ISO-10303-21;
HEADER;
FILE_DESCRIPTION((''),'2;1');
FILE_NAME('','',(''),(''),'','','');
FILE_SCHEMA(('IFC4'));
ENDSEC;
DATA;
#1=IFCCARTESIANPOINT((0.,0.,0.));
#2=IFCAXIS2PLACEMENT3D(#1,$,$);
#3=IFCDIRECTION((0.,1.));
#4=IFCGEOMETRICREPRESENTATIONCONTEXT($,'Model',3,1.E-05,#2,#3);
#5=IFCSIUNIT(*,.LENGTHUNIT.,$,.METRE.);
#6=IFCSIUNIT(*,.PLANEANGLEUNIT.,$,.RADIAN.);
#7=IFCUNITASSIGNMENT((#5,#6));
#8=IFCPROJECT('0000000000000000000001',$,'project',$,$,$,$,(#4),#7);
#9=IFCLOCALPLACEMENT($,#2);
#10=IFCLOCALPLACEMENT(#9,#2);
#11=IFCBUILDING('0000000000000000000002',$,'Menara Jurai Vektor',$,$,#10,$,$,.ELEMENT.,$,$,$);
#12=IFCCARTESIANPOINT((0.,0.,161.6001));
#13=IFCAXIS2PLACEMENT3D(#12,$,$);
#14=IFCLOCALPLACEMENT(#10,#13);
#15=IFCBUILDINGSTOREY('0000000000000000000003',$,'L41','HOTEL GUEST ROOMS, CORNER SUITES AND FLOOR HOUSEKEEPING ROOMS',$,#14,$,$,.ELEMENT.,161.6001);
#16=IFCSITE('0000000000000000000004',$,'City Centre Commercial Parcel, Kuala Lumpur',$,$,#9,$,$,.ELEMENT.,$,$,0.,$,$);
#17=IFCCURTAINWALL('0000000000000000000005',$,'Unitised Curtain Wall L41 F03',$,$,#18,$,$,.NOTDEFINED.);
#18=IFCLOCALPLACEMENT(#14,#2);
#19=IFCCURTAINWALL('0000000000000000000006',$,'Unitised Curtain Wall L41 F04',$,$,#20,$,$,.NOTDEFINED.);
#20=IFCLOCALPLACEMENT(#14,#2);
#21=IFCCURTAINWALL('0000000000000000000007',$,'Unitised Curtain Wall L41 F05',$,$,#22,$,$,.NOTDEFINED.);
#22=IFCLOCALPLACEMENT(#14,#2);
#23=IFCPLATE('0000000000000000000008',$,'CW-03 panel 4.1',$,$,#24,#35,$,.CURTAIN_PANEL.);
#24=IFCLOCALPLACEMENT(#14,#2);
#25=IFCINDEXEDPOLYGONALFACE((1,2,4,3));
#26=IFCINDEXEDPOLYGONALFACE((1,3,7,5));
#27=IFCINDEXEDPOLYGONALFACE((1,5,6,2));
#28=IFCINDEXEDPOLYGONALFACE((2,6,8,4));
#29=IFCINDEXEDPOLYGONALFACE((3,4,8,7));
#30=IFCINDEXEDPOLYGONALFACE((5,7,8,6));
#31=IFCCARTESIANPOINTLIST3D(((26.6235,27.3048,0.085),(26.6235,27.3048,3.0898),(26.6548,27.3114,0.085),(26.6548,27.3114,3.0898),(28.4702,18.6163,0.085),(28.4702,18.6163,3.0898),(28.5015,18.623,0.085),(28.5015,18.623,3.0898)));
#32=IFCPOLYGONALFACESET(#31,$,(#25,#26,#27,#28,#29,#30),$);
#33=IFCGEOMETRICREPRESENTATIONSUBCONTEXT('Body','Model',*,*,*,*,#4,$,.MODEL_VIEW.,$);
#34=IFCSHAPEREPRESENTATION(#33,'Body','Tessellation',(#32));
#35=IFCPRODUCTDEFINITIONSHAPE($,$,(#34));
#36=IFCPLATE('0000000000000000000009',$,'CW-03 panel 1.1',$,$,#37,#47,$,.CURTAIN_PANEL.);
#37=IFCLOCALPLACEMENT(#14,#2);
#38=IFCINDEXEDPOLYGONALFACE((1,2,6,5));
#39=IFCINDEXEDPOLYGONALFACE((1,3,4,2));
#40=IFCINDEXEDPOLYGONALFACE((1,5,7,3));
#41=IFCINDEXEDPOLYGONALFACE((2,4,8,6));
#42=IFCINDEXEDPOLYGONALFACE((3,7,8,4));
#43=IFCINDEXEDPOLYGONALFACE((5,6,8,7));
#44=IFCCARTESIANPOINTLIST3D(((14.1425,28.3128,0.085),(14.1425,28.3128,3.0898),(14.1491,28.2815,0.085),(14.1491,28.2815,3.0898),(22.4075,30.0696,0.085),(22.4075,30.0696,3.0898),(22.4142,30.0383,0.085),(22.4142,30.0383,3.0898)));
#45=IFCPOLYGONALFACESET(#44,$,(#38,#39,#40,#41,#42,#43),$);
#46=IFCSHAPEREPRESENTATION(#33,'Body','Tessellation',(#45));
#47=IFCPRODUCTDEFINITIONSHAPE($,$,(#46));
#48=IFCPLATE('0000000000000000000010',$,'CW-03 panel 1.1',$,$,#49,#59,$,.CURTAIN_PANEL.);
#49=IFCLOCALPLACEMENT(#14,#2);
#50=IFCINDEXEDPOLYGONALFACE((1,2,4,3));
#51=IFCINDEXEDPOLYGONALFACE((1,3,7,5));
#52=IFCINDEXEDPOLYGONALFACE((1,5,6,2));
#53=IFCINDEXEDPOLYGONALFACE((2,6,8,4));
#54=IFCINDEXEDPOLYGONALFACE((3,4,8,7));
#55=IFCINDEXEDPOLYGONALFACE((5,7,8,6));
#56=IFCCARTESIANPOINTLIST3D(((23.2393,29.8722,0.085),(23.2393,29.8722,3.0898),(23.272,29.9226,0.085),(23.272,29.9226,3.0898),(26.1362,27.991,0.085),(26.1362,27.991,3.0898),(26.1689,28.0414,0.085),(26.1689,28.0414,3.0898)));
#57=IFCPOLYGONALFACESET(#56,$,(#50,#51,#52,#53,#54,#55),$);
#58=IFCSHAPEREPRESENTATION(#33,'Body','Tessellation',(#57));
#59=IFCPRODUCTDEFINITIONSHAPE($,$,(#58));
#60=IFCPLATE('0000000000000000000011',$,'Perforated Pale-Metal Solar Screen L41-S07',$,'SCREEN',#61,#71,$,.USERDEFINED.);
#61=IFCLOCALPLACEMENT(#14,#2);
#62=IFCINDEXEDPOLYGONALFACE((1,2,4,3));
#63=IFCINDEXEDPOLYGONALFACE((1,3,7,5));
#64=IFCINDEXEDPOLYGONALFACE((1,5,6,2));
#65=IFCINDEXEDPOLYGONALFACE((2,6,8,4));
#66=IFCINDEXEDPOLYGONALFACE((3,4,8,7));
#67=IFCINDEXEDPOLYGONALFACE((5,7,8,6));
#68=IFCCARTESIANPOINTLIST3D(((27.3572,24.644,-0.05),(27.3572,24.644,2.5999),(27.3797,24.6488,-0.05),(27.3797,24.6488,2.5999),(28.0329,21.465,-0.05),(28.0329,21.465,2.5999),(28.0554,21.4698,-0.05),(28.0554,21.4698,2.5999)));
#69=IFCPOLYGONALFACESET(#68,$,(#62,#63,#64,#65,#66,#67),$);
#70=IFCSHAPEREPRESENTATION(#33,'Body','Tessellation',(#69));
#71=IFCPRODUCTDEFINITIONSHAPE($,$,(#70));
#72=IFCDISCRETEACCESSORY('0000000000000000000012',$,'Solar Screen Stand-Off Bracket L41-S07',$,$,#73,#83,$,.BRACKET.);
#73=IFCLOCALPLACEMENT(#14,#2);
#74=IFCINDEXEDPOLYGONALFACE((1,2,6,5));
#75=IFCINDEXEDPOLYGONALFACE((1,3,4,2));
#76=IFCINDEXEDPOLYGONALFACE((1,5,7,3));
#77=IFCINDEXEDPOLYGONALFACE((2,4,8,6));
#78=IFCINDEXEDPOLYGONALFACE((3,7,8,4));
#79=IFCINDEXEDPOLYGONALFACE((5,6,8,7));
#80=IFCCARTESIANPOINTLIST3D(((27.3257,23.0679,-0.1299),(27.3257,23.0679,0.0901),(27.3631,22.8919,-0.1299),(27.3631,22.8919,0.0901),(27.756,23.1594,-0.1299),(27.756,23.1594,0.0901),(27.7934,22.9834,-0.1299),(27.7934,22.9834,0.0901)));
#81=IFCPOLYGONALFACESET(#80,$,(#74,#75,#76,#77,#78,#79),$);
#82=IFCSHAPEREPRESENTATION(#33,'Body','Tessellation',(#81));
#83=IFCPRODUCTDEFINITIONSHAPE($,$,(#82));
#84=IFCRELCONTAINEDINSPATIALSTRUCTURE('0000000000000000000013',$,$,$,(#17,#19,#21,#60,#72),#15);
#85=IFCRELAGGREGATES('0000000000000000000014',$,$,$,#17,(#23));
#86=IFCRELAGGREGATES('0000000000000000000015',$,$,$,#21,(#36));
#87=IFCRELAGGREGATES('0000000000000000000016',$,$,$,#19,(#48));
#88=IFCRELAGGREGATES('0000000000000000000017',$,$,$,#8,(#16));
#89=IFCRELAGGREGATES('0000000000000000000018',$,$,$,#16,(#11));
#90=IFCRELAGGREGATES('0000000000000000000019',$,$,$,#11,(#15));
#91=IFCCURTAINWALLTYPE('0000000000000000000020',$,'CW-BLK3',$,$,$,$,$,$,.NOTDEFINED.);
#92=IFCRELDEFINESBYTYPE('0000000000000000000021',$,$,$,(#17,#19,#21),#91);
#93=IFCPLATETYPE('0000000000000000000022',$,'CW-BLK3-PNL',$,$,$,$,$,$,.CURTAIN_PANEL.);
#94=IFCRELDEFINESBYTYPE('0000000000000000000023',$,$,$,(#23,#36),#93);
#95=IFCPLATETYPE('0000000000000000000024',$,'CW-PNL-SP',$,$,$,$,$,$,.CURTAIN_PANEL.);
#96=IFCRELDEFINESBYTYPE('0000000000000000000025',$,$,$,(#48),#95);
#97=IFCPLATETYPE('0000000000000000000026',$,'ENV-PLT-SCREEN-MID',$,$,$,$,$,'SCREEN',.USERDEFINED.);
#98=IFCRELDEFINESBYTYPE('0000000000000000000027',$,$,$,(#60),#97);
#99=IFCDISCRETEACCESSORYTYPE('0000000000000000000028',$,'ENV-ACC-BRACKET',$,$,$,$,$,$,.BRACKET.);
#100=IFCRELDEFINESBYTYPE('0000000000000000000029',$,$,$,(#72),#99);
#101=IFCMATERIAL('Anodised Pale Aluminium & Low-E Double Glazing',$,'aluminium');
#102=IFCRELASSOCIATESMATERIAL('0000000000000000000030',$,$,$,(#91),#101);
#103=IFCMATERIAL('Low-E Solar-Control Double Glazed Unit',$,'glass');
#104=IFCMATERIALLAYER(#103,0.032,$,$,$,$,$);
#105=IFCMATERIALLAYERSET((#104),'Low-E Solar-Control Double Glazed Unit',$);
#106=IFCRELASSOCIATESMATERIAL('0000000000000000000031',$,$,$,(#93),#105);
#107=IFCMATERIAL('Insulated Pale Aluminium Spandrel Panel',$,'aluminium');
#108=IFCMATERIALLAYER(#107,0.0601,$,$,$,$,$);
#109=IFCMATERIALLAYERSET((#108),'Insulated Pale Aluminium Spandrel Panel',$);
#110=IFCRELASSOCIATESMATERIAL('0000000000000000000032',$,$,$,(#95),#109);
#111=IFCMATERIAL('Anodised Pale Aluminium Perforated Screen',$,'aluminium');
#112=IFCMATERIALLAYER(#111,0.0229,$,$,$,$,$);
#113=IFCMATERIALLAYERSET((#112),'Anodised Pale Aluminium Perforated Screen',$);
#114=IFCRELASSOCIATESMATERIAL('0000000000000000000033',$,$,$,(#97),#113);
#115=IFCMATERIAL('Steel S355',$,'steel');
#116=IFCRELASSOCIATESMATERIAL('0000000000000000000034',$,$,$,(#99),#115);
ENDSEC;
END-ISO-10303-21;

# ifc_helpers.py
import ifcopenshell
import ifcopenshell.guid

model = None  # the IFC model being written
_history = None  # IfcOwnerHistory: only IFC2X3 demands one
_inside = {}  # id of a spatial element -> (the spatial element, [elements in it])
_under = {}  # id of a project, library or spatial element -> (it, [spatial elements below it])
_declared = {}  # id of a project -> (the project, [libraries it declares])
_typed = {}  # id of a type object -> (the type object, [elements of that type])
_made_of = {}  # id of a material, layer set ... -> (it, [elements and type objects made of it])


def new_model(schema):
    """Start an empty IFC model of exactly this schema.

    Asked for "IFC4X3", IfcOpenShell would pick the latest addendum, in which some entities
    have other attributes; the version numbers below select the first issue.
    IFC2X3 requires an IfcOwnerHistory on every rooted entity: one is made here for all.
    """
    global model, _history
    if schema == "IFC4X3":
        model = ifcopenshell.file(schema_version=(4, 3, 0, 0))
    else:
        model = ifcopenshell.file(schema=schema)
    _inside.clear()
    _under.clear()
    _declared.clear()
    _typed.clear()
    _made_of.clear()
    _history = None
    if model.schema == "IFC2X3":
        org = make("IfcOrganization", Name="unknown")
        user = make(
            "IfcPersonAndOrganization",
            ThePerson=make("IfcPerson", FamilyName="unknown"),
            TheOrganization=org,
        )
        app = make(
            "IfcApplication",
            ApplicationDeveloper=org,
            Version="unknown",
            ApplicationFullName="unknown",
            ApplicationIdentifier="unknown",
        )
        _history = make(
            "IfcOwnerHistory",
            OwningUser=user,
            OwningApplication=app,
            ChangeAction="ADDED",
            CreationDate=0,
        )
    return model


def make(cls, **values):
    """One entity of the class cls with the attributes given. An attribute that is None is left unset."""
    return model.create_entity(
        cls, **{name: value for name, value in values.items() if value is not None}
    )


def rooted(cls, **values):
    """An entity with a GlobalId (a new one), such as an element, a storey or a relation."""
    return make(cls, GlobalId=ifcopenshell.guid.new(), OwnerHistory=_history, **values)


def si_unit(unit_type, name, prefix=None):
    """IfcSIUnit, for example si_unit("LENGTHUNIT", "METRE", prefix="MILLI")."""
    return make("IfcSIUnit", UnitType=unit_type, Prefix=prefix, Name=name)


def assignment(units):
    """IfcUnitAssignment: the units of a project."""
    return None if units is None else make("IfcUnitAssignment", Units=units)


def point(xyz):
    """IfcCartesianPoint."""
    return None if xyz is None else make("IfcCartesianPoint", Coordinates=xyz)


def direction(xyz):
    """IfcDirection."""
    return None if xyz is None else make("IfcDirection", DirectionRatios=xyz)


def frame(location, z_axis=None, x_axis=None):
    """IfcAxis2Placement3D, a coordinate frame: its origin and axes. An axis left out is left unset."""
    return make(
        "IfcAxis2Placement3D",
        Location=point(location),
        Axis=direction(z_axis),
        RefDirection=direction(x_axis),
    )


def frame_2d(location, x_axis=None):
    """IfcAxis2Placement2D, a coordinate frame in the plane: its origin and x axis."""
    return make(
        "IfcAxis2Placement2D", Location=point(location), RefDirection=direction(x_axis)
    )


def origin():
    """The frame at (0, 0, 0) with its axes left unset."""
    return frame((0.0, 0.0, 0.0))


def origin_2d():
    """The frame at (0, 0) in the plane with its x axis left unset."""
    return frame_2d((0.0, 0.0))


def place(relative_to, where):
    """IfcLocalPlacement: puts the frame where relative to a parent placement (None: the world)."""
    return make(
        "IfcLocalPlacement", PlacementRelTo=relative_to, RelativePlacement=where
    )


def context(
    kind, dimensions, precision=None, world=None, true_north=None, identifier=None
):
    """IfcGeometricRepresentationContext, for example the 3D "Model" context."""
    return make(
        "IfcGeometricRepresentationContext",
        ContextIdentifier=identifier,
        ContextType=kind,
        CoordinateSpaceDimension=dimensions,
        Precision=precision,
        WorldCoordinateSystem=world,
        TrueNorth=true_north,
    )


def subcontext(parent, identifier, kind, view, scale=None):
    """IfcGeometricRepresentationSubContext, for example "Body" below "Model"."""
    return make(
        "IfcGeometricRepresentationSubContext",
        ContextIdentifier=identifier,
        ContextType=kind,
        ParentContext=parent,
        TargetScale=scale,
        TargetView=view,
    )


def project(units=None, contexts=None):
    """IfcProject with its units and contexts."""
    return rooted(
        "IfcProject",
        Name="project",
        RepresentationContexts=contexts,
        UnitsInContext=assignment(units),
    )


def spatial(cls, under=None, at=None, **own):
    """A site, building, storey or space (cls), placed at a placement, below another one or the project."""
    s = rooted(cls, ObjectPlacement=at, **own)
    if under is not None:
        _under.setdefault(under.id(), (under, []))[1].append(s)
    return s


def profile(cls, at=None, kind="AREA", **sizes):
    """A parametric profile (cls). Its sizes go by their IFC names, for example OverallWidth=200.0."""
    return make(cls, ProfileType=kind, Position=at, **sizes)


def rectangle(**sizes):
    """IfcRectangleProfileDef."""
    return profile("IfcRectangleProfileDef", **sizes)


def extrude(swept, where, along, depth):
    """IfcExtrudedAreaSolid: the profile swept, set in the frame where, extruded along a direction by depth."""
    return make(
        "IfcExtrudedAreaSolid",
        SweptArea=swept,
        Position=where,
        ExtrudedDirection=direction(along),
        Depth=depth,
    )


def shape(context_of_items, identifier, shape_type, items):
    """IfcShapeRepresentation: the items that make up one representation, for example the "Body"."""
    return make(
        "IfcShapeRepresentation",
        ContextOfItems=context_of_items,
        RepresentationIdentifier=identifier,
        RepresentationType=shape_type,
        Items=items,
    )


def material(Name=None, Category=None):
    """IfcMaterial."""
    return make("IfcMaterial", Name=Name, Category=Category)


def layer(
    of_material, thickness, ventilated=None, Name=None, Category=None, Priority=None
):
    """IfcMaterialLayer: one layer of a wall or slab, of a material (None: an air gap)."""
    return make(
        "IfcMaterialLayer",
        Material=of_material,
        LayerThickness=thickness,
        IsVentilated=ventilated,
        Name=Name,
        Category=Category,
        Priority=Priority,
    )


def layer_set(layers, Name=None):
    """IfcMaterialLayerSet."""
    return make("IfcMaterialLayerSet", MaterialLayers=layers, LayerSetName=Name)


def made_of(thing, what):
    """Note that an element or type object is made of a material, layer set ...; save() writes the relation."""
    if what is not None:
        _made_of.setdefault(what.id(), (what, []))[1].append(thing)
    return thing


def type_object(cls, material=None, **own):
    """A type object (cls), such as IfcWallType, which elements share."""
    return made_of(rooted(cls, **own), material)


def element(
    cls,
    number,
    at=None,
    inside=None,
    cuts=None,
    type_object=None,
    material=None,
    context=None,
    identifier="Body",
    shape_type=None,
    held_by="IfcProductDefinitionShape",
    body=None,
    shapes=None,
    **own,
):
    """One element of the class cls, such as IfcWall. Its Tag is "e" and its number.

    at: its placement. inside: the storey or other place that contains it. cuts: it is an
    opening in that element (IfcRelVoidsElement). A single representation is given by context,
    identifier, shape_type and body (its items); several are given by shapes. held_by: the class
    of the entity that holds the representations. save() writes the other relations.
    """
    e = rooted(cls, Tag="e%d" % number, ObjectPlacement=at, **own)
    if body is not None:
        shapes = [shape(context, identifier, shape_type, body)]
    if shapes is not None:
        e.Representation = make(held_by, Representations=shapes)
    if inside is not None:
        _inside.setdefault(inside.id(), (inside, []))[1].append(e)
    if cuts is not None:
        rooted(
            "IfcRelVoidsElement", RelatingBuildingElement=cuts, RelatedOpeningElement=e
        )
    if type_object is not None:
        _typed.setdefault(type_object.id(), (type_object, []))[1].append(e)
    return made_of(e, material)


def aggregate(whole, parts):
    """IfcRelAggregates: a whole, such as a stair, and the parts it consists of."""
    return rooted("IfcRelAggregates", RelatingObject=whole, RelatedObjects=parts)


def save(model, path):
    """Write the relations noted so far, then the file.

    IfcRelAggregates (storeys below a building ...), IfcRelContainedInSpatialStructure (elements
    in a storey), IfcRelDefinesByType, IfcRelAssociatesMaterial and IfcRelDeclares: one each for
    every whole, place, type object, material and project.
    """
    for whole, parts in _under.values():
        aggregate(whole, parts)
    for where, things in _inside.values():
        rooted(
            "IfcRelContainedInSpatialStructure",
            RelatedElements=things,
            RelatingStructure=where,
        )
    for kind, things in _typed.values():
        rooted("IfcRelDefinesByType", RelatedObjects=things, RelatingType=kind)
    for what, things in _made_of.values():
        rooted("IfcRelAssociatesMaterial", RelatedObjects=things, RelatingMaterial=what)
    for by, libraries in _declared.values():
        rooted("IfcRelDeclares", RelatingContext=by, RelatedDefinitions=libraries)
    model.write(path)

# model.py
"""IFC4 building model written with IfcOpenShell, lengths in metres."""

from ifc_helpers import new_model, si_unit, direction, frame, origin, origin_2d, place, context, subcontext, project, spatial, rectangle, extrude, material, layer, layer_set, type_object, element, aggregate, save


model = new_model("IFC4")

# Units and contexts
model_context = context("Model", 3, precision=1e-05, world=origin(), true_north=direction((0.0, 1.0)))
body_context = subcontext(model_context, "Body", "Model", "MODEL_VIEW")
ifc_project = project(units=[si_unit("LENGTHUNIT", "METRE"), si_unit("PLANEANGLEUNIT", "RADIAN")], contexts=[model_context])

# Site, building, storey
site_placement = place(None, origin())
site = spatial("IfcSite", under=ifc_project, at=site_placement, Name="City Centre Commercial Parcel, Kuala Lumpur", CompositionType="ELEMENT", RefElevation=0.0)
building_placement = place(site_placement, origin())
building = spatial("IfcBuilding", under=site, at=building_placement, Name="Menara Jurai Vektor", CompositionType="ELEMENT")
storey_placement = place(building_placement, frame((0.0, 0.0, 161.6001)))
storey = spatial("IfcBuildingStorey", under=building, at=storey_placement, Name="L41", Description="HOTEL GUEST ROOMS, CORNER SUITES AND FLOOR HOUSEKEEPING ROOMS", CompositionType="ELEMENT", Elevation=161.6001)

# Curtain walls
ifc_material_1 = material(Name="Anodised Pale Aluminium & Low-E Double Glazing", Category="aluminium")
curtain_wall_type = type_object("IfcCurtainWallType", Name="CW-BLK3", PredefinedType="NOTDEFINED", material=ifc_material_1)
curtain_wall_1_placement = place(storey_placement, origin())
curtain_wall_1 = element("IfcCurtainWall", 1, at=curtain_wall_1_placement, inside=storey, type_object=curtain_wall_type, Name="Unitised Curtain Wall L41 F03", PredefinedType="NOTDEFINED")
curtain_wall_2_placement = place(storey_placement, origin())
curtain_wall_2 = element("IfcCurtainWall", 2, at=curtain_wall_2_placement, inside=storey, type_object=curtain_wall_type, Name="Unitised Curtain Wall L41 F04", PredefinedType="NOTDEFINED")

# Curtain wall
curtain_wall_3_placement = place(storey_placement, origin())
curtain_wall_3 = element("IfcCurtainWall", 3, at=curtain_wall_3_placement, inside=storey, type_object=curtain_wall_type, Name="Unitised Curtain Wall L41 F05", PredefinedType="NOTDEFINED")

# Shared definitions
ifc_material_2 = material(Name="Steel S355", Category="steel")

# Plates
ifc_material_3 = material(Name="Low-E Solar-Control Double Glazed Unit", Category="glass")
ifc_layer_1 = layer(ifc_material_3, 0.032)
ifc_layer_set_1 = layer_set([ifc_layer_1], Name="Low-E Solar-Control Double Glazed Unit")
plate_type_1 = type_object("IfcPlateType", Name="CW-BLK3-PNL", PredefinedType="CURTAIN_PANEL", material=ifc_layer_set_1)
plate_1_placement = place(storey_placement, frame((27.5625, 22.9639, 0.085), z_axis=(0.0, 0.0, 1.0), x_axis=(-0.20791, 0.978148, 0.0)))
plate_1 = element("IfcPlate", 4, at=plate_1_placement, type_object=plate_type_1, Name="CW-03 panel 4.1", PredefinedType="CURTAIN_PANEL", context=body_context, shape_type="SweptSolid", body=[
    extrude(rectangle(XDim=8.8826, YDim=0.032, at=origin_2d()), origin(), (0.0, 0.0, 1.0), 3.0049),
])
aggregate(curtain_wall_1, [plate_1])
plate_2_placement = place(storey_placement, frame((18.2783, 29.1755, 0.085), z_axis=(0.0, 0.0, 1.0), x_axis=(-0.978148, -0.207911, 0.0)))
plate_2 = element("IfcPlate", 5, at=plate_2_placement, type_object=plate_type_1, Name="CW-03 panel 1.1", PredefinedType="CURTAIN_PANEL", context=body_context, shape_type="SweptSolid", body=[
    extrude(rectangle(XDim=8.4497, YDim=0.032, at=origin_2d()), origin(), (0.0, 0.0, 1.0), 3.0049),
])
aggregate(curtain_wall_3, [plate_2])
ifc_material_4 = material(Name="Insulated Pale Aluminium Spandrel Panel", Category="aluminium")
ifc_layer_2 = layer(ifc_material_4, 0.0601)
ifc_layer_set_2 = layer_set([ifc_layer_2], Name="Insulated Pale Aluminium Spandrel Panel")
plate_type_2 = type_object("IfcPlateType", Name="CW-PNL-SP", PredefinedType="CURTAIN_PANEL", material=ifc_layer_set_2)
plate_3_placement = place(storey_placement, frame((24.7041, 28.9568, 0.085), z_axis=(0.0, 0.0, 1.0), x_axis=(-0.838684, 0.544618, 0.0)))
plate_3 = element("IfcPlate", 6, at=plate_3_placement, type_object=plate_type_2, Name="CW-03 panel 1.1", PredefinedType="CURTAIN_PANEL", context=body_context, shape_type="SweptSolid", body=[
    extrude(rectangle(XDim=3.4541, YDim=0.0601, at=origin_2d()), origin(), (0.0, 0.0, 1.0), 3.0049),
])
aggregate(curtain_wall_2, [plate_3])
ifc_material_5 = material(Name="Anodised Pale Aluminium Perforated Screen", Category="aluminium")
ifc_layer_3 = layer(ifc_material_5, 0.0229)
ifc_layer_set_3 = layer_set([ifc_layer_3], Name="Anodised Pale Aluminium Perforated Screen")
plate_type_3 = type_object("IfcPlateType", Name="ENV-PLT-SCREEN-MID", ElementType="SCREEN", PredefinedType="USERDEFINED", material=ifc_layer_set_3)
plate_4_placement = place(storey_placement, frame((27.7063, 23.0569, -0.05), z_axis=(0.0, 0.0, 1.0), x_axis=(-0.207912, 0.978148, 0.0)))
element("IfcPlate", 7, at=plate_4_placement, inside=storey, type_object=plate_type_3, Name="Perforated Pale-Metal Solar Screen L41-S07", ObjectType="SCREEN", PredefinedType="USERDEFINED", context=body_context, shape_type="SweptSolid", body=[
    extrude(rectangle(XDim=3.25, YDim=0.0229, at=origin_2d()), origin(), (0.0, 0.0, 1.0), 2.6499),
])

# Discrete accessory
discrete_accessory_type = type_object("IfcDiscreteAccessoryType", Name="ENV-ACC-BRACKET", PredefinedType="BRACKET", material=ifc_material_2)
discrete_accessory_placement = place(storey_placement, frame((27.5596, 23.0256, -0.1299), z_axis=(0.0, 0.0, 1.0), x_axis=(-0.207912, 0.978148, 0.0)))
element("IfcDiscreteAccessory", 8, at=discrete_accessory_placement, inside=storey, type_object=discrete_accessory_type, Name="Solar Screen Stand-Off Bracket L41-S07", PredefinedType="BRACKET", context=body_context, shape_type="SweptSolid", body=[
    extrude(rectangle(XDim=0.1799, YDim=0.4399, at=origin_2d()), origin(), (0.0, 0.0, 1.0), 0.22),
])

save(model, "model.ifc")
